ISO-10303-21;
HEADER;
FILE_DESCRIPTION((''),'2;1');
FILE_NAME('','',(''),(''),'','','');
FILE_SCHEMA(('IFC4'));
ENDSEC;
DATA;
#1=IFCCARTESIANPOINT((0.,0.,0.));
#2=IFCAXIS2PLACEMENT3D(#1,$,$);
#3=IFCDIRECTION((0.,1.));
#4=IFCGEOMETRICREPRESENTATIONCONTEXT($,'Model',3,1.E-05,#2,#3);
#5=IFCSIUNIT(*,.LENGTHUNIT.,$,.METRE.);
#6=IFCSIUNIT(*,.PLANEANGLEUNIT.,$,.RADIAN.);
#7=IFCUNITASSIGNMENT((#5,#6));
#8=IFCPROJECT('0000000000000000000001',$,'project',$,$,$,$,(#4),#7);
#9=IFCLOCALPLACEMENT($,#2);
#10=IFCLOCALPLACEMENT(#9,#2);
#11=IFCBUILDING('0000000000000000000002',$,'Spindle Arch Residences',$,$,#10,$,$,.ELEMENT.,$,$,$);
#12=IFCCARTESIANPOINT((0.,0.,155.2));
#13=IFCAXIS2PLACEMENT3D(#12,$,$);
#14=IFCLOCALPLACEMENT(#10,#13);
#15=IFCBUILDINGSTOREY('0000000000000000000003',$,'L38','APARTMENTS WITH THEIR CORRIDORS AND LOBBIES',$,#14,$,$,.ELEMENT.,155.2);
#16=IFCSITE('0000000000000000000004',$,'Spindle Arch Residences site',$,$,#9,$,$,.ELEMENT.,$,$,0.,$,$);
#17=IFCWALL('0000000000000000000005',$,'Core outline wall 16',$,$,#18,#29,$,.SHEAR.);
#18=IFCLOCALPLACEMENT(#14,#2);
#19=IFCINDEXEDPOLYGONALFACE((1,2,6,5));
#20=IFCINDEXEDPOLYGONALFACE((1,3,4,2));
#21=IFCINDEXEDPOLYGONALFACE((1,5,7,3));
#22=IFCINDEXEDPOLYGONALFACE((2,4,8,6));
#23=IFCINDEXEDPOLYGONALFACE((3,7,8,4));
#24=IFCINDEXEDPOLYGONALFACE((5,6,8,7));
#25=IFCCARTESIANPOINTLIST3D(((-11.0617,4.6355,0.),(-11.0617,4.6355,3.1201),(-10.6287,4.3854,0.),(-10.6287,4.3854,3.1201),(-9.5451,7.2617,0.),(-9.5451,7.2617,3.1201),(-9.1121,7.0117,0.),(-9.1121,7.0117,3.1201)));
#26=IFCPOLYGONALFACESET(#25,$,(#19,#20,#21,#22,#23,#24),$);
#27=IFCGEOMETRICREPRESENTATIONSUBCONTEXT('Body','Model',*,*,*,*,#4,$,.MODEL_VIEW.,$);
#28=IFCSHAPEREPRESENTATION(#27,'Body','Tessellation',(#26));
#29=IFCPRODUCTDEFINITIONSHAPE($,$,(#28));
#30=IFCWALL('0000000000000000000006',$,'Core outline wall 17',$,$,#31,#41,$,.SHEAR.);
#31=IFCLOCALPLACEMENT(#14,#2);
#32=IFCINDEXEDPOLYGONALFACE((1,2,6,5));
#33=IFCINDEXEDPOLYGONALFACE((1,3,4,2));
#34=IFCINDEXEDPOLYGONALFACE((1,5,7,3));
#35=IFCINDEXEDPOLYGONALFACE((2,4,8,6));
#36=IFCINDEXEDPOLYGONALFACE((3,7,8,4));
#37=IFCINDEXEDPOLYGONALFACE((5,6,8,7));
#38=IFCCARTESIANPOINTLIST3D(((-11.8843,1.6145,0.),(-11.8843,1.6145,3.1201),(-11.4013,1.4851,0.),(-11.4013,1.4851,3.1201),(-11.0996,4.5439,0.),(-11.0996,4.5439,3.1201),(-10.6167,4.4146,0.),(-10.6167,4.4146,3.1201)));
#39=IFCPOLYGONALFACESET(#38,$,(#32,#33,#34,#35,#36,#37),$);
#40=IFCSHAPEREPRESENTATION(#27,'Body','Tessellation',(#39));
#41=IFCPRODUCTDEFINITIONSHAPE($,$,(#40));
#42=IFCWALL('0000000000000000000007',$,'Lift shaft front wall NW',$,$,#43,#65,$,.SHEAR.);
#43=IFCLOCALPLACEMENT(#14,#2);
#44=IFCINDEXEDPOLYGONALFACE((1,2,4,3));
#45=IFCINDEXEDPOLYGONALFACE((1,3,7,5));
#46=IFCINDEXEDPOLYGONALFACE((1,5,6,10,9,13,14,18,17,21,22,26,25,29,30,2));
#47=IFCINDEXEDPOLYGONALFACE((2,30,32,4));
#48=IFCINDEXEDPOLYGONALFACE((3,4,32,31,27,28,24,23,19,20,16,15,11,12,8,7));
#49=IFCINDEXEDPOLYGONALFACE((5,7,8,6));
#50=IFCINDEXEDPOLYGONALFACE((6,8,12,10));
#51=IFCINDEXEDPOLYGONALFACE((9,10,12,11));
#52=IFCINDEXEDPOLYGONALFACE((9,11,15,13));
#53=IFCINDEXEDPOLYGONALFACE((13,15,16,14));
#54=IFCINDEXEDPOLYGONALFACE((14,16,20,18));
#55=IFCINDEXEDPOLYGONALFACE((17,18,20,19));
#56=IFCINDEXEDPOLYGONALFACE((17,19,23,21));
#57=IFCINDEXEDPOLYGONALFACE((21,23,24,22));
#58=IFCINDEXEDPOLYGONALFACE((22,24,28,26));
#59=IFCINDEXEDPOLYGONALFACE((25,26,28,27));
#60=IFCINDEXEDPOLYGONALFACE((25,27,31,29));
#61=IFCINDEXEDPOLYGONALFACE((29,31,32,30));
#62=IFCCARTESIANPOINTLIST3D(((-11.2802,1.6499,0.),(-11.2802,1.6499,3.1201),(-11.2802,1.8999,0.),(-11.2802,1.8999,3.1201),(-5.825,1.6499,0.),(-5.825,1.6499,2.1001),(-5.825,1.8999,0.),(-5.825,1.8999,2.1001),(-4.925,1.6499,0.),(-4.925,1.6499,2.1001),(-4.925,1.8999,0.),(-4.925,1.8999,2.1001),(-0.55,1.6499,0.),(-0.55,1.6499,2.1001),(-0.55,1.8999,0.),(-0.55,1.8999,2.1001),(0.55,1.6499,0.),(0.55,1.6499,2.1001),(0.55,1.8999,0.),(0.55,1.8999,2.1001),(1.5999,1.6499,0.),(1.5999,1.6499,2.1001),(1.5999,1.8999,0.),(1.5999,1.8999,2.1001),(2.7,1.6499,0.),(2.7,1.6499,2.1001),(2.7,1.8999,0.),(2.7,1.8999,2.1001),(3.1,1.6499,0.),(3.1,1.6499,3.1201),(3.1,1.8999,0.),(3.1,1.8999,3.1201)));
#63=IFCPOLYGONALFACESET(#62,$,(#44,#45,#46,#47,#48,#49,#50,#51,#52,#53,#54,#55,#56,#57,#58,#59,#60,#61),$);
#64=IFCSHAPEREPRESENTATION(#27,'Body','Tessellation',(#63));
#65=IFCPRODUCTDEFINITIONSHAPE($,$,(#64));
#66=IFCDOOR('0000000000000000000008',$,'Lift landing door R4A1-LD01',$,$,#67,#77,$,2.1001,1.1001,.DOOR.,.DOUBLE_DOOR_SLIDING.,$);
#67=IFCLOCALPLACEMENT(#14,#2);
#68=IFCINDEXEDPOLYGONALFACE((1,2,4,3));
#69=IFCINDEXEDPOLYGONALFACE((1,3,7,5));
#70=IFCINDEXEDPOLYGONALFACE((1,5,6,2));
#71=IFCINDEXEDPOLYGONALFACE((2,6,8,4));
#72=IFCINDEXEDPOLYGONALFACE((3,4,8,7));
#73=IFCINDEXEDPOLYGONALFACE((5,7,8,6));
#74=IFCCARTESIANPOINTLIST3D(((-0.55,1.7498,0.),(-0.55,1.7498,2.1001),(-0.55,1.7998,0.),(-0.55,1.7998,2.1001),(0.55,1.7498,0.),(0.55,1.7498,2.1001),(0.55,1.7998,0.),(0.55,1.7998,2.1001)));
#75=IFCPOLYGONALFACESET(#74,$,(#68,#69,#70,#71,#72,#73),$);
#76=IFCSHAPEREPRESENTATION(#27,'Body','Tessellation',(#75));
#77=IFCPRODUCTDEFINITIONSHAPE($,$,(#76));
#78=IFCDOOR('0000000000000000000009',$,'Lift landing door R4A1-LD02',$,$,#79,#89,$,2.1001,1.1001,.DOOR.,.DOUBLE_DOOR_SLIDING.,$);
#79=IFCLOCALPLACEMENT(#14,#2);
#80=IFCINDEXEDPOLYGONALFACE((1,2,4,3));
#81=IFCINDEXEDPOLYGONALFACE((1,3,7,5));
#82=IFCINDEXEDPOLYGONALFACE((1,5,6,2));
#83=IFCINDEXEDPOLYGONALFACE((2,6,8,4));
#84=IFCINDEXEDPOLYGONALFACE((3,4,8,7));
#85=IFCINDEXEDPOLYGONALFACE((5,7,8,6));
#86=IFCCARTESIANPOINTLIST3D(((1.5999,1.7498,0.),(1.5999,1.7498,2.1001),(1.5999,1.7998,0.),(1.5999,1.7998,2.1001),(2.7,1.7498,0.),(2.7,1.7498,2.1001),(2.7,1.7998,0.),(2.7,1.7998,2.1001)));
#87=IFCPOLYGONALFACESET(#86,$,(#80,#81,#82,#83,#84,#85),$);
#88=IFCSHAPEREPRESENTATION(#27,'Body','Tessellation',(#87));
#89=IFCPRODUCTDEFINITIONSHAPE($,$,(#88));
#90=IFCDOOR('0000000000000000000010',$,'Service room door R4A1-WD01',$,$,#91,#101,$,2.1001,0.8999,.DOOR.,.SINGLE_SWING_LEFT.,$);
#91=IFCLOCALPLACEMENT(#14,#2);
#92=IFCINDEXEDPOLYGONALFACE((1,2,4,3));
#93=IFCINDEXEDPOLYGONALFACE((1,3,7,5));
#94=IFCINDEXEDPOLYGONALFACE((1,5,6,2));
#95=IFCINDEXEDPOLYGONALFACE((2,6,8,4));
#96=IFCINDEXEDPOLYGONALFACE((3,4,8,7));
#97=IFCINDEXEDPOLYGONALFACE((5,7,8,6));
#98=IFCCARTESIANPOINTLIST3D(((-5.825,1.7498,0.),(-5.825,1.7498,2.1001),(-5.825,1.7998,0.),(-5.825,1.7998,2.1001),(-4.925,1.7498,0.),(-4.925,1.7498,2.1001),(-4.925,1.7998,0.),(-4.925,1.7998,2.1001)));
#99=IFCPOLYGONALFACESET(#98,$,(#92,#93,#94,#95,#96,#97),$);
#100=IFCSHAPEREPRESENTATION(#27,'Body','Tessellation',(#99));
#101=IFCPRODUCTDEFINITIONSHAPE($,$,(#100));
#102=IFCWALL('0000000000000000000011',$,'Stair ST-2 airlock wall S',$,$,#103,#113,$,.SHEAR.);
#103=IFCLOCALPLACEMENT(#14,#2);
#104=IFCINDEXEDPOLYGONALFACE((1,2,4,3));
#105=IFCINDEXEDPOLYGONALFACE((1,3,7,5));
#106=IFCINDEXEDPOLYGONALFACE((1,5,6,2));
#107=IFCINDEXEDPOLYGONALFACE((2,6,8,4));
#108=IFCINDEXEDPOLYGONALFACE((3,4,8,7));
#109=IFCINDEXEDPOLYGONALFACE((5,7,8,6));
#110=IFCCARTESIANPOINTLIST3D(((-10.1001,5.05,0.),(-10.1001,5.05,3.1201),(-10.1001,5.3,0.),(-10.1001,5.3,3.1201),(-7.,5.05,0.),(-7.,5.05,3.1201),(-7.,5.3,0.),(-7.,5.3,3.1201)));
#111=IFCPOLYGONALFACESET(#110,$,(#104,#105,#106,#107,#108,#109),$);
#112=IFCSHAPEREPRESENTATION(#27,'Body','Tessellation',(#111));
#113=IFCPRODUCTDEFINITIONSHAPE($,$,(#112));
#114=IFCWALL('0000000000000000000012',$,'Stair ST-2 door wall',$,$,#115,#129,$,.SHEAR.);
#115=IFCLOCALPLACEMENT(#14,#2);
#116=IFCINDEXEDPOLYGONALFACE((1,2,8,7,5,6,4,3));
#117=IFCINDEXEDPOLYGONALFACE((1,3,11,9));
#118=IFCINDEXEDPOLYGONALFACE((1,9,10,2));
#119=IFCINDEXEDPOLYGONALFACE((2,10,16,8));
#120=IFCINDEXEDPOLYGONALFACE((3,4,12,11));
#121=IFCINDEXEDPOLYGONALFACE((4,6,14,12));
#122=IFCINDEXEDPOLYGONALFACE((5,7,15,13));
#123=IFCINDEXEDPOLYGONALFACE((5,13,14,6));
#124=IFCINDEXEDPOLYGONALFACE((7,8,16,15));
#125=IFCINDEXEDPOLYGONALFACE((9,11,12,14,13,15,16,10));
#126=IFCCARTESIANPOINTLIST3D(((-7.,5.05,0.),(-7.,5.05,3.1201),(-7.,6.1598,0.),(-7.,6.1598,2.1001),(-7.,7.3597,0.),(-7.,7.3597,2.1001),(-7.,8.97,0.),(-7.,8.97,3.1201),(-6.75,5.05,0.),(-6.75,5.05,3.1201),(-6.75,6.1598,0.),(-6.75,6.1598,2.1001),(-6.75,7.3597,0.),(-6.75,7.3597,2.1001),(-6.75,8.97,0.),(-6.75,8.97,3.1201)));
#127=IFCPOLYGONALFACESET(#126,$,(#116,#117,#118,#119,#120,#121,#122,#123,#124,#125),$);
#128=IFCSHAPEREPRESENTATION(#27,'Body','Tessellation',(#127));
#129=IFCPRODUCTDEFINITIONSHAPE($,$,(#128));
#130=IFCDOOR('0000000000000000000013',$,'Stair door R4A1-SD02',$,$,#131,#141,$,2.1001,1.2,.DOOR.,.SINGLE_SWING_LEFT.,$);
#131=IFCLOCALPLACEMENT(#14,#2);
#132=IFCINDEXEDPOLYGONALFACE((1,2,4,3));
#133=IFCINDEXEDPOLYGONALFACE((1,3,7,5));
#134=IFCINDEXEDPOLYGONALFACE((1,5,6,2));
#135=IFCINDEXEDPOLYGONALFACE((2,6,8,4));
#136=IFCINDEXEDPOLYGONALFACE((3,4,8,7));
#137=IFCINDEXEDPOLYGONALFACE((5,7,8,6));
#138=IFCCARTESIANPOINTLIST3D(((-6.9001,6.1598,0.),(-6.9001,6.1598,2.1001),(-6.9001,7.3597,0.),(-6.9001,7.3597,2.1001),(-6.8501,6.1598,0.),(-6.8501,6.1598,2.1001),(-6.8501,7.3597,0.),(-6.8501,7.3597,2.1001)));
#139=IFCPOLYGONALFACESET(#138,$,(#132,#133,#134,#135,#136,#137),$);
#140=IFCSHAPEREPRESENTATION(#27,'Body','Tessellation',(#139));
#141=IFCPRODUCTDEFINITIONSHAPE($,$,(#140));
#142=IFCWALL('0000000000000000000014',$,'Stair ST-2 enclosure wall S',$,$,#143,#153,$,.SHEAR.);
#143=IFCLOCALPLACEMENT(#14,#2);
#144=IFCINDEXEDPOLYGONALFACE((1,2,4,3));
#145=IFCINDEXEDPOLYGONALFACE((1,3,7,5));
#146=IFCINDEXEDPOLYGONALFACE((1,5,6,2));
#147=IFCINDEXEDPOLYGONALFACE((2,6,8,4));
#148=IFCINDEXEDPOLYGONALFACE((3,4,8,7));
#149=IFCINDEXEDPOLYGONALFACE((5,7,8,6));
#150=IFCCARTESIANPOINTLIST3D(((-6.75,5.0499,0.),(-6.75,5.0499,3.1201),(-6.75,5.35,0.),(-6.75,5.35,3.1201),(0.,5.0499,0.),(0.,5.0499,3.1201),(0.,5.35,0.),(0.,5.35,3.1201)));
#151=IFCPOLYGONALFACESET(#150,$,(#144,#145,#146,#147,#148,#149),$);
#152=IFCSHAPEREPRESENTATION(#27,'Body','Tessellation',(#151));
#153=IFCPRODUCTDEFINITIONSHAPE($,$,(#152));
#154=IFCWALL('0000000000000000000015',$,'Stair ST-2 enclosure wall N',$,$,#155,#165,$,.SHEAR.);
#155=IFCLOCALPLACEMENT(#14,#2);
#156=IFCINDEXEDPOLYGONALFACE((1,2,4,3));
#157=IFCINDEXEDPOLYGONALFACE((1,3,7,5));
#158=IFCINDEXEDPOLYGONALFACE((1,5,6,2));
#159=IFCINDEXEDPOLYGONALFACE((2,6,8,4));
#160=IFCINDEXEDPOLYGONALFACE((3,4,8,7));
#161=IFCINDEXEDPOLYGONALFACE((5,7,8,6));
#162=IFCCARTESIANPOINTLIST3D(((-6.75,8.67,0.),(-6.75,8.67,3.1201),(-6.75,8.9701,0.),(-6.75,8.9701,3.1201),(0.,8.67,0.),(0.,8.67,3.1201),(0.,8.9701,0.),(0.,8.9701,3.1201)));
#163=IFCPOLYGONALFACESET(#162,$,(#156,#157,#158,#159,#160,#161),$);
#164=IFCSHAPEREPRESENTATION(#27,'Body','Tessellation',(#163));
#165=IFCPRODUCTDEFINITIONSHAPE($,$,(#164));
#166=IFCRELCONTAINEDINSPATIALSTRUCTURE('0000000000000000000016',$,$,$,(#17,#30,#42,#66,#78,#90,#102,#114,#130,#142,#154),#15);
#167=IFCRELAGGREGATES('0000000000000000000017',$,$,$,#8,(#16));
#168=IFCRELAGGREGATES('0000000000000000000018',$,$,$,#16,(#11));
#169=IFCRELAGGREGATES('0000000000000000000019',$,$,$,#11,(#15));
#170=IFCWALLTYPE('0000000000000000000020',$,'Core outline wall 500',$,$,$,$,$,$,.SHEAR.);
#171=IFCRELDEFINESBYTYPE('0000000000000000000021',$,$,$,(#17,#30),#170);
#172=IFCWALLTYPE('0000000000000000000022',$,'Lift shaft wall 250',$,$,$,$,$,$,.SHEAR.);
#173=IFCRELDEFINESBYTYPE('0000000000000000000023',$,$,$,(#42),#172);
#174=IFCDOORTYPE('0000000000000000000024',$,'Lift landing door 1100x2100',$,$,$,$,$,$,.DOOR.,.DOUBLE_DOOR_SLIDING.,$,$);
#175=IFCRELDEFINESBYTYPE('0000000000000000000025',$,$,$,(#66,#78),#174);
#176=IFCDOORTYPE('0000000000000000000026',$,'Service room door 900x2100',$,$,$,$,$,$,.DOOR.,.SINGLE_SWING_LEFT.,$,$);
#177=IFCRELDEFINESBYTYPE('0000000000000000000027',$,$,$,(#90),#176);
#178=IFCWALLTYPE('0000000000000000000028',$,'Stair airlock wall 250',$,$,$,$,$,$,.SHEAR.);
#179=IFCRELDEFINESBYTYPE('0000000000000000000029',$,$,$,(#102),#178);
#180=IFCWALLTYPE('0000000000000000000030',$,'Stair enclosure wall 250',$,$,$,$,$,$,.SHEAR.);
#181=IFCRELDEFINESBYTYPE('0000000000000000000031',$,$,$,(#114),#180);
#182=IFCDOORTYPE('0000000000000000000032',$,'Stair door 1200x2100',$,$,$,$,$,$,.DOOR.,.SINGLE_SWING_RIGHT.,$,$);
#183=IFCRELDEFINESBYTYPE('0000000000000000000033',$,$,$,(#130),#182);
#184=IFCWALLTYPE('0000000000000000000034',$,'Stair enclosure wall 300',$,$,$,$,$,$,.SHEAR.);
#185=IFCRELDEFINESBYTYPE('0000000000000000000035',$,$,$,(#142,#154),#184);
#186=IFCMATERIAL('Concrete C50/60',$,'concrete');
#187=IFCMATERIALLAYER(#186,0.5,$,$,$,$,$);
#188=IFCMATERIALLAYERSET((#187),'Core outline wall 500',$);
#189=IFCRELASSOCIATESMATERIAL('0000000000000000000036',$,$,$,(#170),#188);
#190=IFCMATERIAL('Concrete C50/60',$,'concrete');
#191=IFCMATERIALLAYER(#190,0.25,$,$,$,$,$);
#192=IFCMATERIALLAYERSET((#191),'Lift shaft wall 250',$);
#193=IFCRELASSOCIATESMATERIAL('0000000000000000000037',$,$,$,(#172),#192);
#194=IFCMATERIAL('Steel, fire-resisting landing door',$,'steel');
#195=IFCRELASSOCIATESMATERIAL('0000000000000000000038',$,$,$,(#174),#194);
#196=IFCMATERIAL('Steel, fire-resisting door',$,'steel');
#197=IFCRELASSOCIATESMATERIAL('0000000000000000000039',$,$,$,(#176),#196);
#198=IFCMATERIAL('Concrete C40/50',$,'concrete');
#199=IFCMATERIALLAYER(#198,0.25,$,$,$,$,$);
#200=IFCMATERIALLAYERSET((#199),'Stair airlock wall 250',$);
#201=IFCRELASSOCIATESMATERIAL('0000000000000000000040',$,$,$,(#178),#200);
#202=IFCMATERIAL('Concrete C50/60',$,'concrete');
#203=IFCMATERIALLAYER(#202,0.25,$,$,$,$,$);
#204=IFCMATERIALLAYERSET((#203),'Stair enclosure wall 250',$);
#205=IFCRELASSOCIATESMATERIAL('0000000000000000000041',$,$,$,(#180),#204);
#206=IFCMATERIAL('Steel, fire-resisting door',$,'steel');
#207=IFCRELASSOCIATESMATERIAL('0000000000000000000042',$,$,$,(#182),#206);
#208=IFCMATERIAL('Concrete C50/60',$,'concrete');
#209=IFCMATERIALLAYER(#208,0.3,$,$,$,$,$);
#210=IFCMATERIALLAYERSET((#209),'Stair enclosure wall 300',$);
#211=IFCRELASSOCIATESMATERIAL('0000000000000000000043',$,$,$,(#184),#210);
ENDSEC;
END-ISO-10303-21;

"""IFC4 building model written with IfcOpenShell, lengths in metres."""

from ifc_helpers import new_model, si_unit, direction, frame, frame_2d, origin, place, context, subcontext, project, spatial, rectangle, extrude, material, layer, layer_set, type_object, element, fill, save


model = new_model("IFC4")

# Units and contexts
model_context = context("Model", 3, precision=1e-05, world=origin(), true_north=direction((0.0, 1.0)))
body_context = subcontext(model_context, "Body", "Model", "MODEL_VIEW")
ifc_project = project(units=[si_unit("LENGTHUNIT", "METRE"), si_unit("PLANEANGLEUNIT", "RADIAN")], contexts=[model_context])

# Site, building, storey
site_placement = place(None, origin())
site = spatial("IfcSite", under=ifc_project, at=site_placement, Name="Spindle Arch Residences site", CompositionType="ELEMENT", RefElevation=0.0)
building_placement = place(site_placement, origin())
building = spatial("IfcBuilding", under=site, at=building_placement, Name="Spindle Arch Residences", CompositionType="ELEMENT")
storey_placement = place(building_placement, frame((0.0, 0.0, 155.2)))
storey = spatial("IfcBuildingStorey", under=building, at=storey_placement, Name="L38", Description="APARTMENTS WITH THEIR CORRIDORS AND LOBBIES", CompositionType="ELEMENT", Elevation=155.2)

# Walls
ifc_material_1 = material(Name="Concrete C50/60", Category="concrete")
ifc_layer_1 = layer(ifc_material_1, 0.5)
ifc_layer_set_1 = layer_set([ifc_layer_1], Name="Core outline wall 500")
wall_type_1 = type_object("IfcWallType", Name="Core outline wall 500", PredefinedType="SHEAR", material=ifc_layer_set_1)
for number, where, z_axis, x_axis, name in (
    (1, (-9.3286, 7.1367, 0.0), (0.0, 0.0, 1.0), (-0.500087, -0.865975, 0.0), "Core outline wall 16"),
    (2, (-10.8582, 4.4792, 0.0), (0.0, 0.0, 1.0), (-0.258735, -0.965948, 0.0), "Core outline wall 17"),
):
    element("IfcWall", number, at=place(storey_placement, frame(where, z_axis=z_axis, x_axis=x_axis)), inside=storey, type_object=wall_type_1, Name=name, PredefinedType="SHEAR", context=body_context, shape_type="SweptSolid", body=[
        extrude(rectangle(XDim=3.0327, YDim=0.5, at=frame_2d((1.5164, 0.0))), origin(), (0.0, 0.0, 1.0), 3.1201),
    ])

# Wall, openings, doors
ifc_material_2 = material(Name="Concrete C50/60", Category="concrete")
ifc_layer_2 = layer(ifc_material_2, 0.25)
ifc_layer_set_2 = layer_set([ifc_layer_2], Name="Lift shaft wall 250")
wall_type_2 = type_object("IfcWallType", Name="Lift shaft wall 250", PredefinedType="SHEAR", material=ifc_layer_set_2)
wall_1_placement = place(storey_placement, frame((-11.28, 1.7749, 0.0), z_axis=(0.0, 0.0, 1.0), x_axis=(1.0, 0.0, 0.0)))
wall_1 = element("IfcWall", 3, at=wall_1_placement, inside=storey, type_object=wall_type_2, Name="Lift shaft front wall NW", PredefinedType="SHEAR", context=body_context, shape_type="SweptSolid", body=[
    extrude(rectangle(XDim=14.3801, YDim=0.25, at=frame_2d((7.1899, 0.0))), origin(), (0.0, 0.0, 1.0), 3.1201),
])
opening_1_placement = place(wall_1_placement, frame((10.73, 0.0, 0.0)))
opening_1 = element("IfcOpeningElement", 4, at=opening_1_placement, cuts=wall_1, PredefinedType="OPENING", context=body_context, shape_type="SweptSolid", body=[
    extrude(rectangle(XDim=1.1001, YDim=2.1001, at=frame_2d((0.55, 1.05))), frame((0.0, 0.135, 0.0), z_axis=(0.0, -1.0, 0.0), x_axis=(1.0, 0.0, 0.0)), (0.0, 0.0, 1.0), 0.27),
])
opening_2_placement = place(wall_1_placement, frame((12.8799, 0.0, 0.0)))
opening_2 = element("IfcOpeningElement", 5, at=opening_2_placement, cuts=wall_1, PredefinedType="OPENING", context=body_context, shape_type="SweptSolid", body=[
    extrude(rectangle(XDim=1.1001, YDim=2.1001, at=frame_2d((0.55, 1.05))), frame((0.0, 0.135, 0.0), z_axis=(0.0, -1.0, 0.0), x_axis=(1.0, 0.0, 0.0)), (0.0, 0.0, 1.0), 0.27),
])
opening_3_placement = place(wall_1_placement, frame((5.4551, 0.0, 0.0)))
opening_3 = element("IfcOpeningElement", 6, at=opening_3_placement, cuts=wall_1, PredefinedType="OPENING", context=body_context, shape_type="SweptSolid", body=[
    extrude(rectangle(XDim=0.8999, YDim=2.1001, at=frame_2d((0.45, 1.05))), frame((0.0, 0.135, 0.0), z_axis=(0.0, -1.0, 0.0), x_axis=(1.0, 0.0, 0.0)), (0.0, 0.0, 1.0), 0.27),
])
ifc_material_3 = material(Name="Steel, fire-resisting landing door", Category="steel")
door_type_1 = type_object("IfcDoorType", Name="Lift landing door 1100x2100", OperationType="DOUBLE_DOOR_SLIDING", PredefinedType="DOOR", material=ifc_material_3)
door_1_placement = place(opening_1_placement, origin())
door_1 = element("IfcDoor", 7, at=door_1_placement, inside=storey, type_object=door_type_1, Name="Lift landing door R4A1-LD01", OperationType="DOUBLE_DOOR_SLIDING", OverallHeight=2.1001, OverallWidth=1.1001, PredefinedType="DOOR", context=body_context, shape_type="SweptSolid", body=[
    extrude(rectangle(XDim=1.1001, YDim=2.1001, at=frame_2d((0.55, 1.05))), frame((0.0, 0.0249, 0.0), z_axis=(0.0, -1.0, 0.0), x_axis=(1.0, 0.0, 0.0)), (0.0, 0.0, 1.0), 0.05),
])
fill(opening_1, door_1)
door_2_placement = place(opening_2_placement, origin())
door_2 = element("IfcDoor", 8, at=door_2_placement, inside=storey, type_object=door_type_1, Name="Lift landing door R4A1-LD02", OperationType="DOUBLE_DOOR_SLIDING", OverallHeight=2.1001, OverallWidth=1.1001, PredefinedType="DOOR", context=body_context, shape_type="SweptSolid", body=[
    extrude(rectangle(XDim=1.1001, YDim=2.1001, at=frame_2d((0.55, 1.05))), frame((0.0, 0.0249, 0.0), z_axis=(0.0, -1.0, 0.0), x_axis=(1.0, 0.0, 0.0)), (0.0, 0.0, 1.0), 0.05),
])
fill(opening_2, door_2)
ifc_material_4 = material(Name="Steel, fire-resisting door", Category="steel")
door_type_2 = type_object("IfcDoorType", Name="Service room door 900x2100", OperationType="SINGLE_SWING_LEFT", PredefinedType="DOOR", material=ifc_material_4)
door_3_placement = place(opening_3_placement, origin())
door_3 = element("IfcDoor", 9, at=door_3_placement, inside=storey, type_object=door_type_2, Name="Service room door R4A1-WD01", OperationType="SINGLE_SWING_LEFT", OverallHeight=2.1001, OverallWidth=0.8999, PredefinedType="DOOR", context=body_context, shape_type="SweptSolid", body=[
    extrude(rectangle(XDim=0.8999, YDim=2.1001, at=frame_2d((0.45, 1.05))), frame((0.0, 0.0249, 0.0), z_axis=(0.0, -1.0, 0.0), x_axis=(1.0, 0.0, 0.0)), (0.0, 0.0, 1.0), 0.05),
])
fill(opening_3, door_3)

# Wall
ifc_material_5 = material(Name="Concrete C40/50", Category="concrete")
ifc_layer_3 = layer(ifc_material_5, 0.25)
ifc_layer_set_3 = layer_set([ifc_layer_3], Name="Stair airlock wall 250")
wall_type_3 = type_object("IfcWallType", Name="Stair airlock wall 250", PredefinedType="SHEAR", material=ifc_layer_set_3)
wall_2_placement = place(storey_placement, frame((-7.0, 5.175, 0.0), z_axis=(0.0, 0.0, 1.0), x_axis=(-1.0, 0.0, 0.0)))
element("IfcWall", 10, at=wall_2_placement, inside=storey, type_object=wall_type_3, Name="Stair ST-2 airlock wall S", PredefinedType="SHEAR", context=body_context, shape_type="SweptSolid", body=[
    extrude(rectangle(XDim=3.1001, YDim=0.25, at=frame_2d((1.55, 0.0))), origin(), (0.0, 0.0, 1.0), 3.1201),
])

# Wall, opening, door
ifc_material_6 = material(Name="Concrete C50/60", Category="concrete")
ifc_layer_4 = layer(ifc_material_6, 0.25)
ifc_layer_set_4 = layer_set([ifc_layer_4], Name="Stair enclosure wall 250")
wall_type_4 = type_object("IfcWallType", Name="Stair enclosure wall 250", PredefinedType="SHEAR", material=ifc_layer_set_4)
wall_3_placement = place(storey_placement, frame((-6.875, 8.97, 0.0), z_axis=(0.0, 0.0, 1.0), x_axis=(0.0, -1.0, 0.0)))
wall_3 = element("IfcWall", 11, at=wall_3_placement, inside=storey, type_object=wall_type_4, Name="Stair ST-2 door wall", PredefinedType="SHEAR", context=body_context, shape_type="SweptSolid", body=[
    extrude(rectangle(XDim=3.9199, YDim=0.25, at=frame_2d((1.96, 0.0))), origin(), (0.0, 0.0, 1.0), 3.1201),
])
opening_4_placement = place(wall_3_placement, frame((1.6101, 0.0, 0.0)))
opening_4 = element("IfcOpeningElement", 12, at=opening_4_placement, cuts=wall_3, PredefinedType="OPENING", context=body_context, shape_type="SweptSolid", body=[
    extrude(rectangle(XDim=1.2, YDim=2.1001, at=frame_2d((0.6001, 1.05))), frame((0.0, 0.135, 0.0), z_axis=(0.0, -1.0, 0.0), x_axis=(1.0, 0.0, 0.0)), (0.0, 0.0, 1.0), 0.27),
])
ifc_material_7 = material(Name="Steel, fire-resisting door", Category="steel")
door_type_3 = type_object("IfcDoorType", Name="Stair door 1200x2100", OperationType="SINGLE_SWING_RIGHT", PredefinedType="DOOR", material=ifc_material_7)
door_4_placement = place(opening_4_placement, origin())
door_4 = element("IfcDoor", 13, at=door_4_placement, inside=storey, type_object=door_type_3, Name="Stair door R4A1-SD02", OperationType="SINGLE_SWING_LEFT", OverallHeight=2.1001, OverallWidth=1.2, PredefinedType="DOOR", context=body_context, shape_type="SweptSolid", body=[
    extrude(rectangle(XDim=1.2, YDim=2.1001, at=frame_2d((0.6001, 1.05))), frame((0.0, 0.0249, 0.0), z_axis=(0.0, -1.0, 0.0), x_axis=(1.0, 0.0, 0.0)), (0.0, 0.0, 1.0), 0.05),
])
fill(opening_4, door_4)

# Walls
ifc_material_8 = material(Name="Concrete C50/60", Category="concrete")
ifc_layer_5 = layer(ifc_material_8, 0.3)
ifc_layer_set_5 = layer_set([ifc_layer_5], Name="Stair enclosure wall 300")
wall_type_5 = type_object("IfcWallType", Name="Stair enclosure wall 300", PredefinedType="SHEAR", material=ifc_layer_set_5)
for number, where, z_axis, x_axis, name in (
    (14, (-6.75, 5.2, 0.0), (0.0, 0.0, 1.0), (1.0, 0.0, 0.0), "Stair ST-2 enclosure wall S"),
    (15, (-6.75, 8.8201, 0.0), (0.0, 0.0, 1.0), (1.0, 0.0, 0.0), "Stair ST-2 enclosure wall N"),
):
    element("IfcWall", number, at=place(storey_placement, frame(where, z_axis=z_axis, x_axis=x_axis)), inside=storey, type_object=wall_type_5, Name=name, PredefinedType="SHEAR", context=body_context, shape_type="SweptSolid", body=[
        extrude(rectangle(XDim=6.75, YDim=0.3, at=frame_2d((3.375, 0.0))), origin(), (0.0, 0.0, 1.0), 3.1201),
    ])

save(model, "model.ifc")
